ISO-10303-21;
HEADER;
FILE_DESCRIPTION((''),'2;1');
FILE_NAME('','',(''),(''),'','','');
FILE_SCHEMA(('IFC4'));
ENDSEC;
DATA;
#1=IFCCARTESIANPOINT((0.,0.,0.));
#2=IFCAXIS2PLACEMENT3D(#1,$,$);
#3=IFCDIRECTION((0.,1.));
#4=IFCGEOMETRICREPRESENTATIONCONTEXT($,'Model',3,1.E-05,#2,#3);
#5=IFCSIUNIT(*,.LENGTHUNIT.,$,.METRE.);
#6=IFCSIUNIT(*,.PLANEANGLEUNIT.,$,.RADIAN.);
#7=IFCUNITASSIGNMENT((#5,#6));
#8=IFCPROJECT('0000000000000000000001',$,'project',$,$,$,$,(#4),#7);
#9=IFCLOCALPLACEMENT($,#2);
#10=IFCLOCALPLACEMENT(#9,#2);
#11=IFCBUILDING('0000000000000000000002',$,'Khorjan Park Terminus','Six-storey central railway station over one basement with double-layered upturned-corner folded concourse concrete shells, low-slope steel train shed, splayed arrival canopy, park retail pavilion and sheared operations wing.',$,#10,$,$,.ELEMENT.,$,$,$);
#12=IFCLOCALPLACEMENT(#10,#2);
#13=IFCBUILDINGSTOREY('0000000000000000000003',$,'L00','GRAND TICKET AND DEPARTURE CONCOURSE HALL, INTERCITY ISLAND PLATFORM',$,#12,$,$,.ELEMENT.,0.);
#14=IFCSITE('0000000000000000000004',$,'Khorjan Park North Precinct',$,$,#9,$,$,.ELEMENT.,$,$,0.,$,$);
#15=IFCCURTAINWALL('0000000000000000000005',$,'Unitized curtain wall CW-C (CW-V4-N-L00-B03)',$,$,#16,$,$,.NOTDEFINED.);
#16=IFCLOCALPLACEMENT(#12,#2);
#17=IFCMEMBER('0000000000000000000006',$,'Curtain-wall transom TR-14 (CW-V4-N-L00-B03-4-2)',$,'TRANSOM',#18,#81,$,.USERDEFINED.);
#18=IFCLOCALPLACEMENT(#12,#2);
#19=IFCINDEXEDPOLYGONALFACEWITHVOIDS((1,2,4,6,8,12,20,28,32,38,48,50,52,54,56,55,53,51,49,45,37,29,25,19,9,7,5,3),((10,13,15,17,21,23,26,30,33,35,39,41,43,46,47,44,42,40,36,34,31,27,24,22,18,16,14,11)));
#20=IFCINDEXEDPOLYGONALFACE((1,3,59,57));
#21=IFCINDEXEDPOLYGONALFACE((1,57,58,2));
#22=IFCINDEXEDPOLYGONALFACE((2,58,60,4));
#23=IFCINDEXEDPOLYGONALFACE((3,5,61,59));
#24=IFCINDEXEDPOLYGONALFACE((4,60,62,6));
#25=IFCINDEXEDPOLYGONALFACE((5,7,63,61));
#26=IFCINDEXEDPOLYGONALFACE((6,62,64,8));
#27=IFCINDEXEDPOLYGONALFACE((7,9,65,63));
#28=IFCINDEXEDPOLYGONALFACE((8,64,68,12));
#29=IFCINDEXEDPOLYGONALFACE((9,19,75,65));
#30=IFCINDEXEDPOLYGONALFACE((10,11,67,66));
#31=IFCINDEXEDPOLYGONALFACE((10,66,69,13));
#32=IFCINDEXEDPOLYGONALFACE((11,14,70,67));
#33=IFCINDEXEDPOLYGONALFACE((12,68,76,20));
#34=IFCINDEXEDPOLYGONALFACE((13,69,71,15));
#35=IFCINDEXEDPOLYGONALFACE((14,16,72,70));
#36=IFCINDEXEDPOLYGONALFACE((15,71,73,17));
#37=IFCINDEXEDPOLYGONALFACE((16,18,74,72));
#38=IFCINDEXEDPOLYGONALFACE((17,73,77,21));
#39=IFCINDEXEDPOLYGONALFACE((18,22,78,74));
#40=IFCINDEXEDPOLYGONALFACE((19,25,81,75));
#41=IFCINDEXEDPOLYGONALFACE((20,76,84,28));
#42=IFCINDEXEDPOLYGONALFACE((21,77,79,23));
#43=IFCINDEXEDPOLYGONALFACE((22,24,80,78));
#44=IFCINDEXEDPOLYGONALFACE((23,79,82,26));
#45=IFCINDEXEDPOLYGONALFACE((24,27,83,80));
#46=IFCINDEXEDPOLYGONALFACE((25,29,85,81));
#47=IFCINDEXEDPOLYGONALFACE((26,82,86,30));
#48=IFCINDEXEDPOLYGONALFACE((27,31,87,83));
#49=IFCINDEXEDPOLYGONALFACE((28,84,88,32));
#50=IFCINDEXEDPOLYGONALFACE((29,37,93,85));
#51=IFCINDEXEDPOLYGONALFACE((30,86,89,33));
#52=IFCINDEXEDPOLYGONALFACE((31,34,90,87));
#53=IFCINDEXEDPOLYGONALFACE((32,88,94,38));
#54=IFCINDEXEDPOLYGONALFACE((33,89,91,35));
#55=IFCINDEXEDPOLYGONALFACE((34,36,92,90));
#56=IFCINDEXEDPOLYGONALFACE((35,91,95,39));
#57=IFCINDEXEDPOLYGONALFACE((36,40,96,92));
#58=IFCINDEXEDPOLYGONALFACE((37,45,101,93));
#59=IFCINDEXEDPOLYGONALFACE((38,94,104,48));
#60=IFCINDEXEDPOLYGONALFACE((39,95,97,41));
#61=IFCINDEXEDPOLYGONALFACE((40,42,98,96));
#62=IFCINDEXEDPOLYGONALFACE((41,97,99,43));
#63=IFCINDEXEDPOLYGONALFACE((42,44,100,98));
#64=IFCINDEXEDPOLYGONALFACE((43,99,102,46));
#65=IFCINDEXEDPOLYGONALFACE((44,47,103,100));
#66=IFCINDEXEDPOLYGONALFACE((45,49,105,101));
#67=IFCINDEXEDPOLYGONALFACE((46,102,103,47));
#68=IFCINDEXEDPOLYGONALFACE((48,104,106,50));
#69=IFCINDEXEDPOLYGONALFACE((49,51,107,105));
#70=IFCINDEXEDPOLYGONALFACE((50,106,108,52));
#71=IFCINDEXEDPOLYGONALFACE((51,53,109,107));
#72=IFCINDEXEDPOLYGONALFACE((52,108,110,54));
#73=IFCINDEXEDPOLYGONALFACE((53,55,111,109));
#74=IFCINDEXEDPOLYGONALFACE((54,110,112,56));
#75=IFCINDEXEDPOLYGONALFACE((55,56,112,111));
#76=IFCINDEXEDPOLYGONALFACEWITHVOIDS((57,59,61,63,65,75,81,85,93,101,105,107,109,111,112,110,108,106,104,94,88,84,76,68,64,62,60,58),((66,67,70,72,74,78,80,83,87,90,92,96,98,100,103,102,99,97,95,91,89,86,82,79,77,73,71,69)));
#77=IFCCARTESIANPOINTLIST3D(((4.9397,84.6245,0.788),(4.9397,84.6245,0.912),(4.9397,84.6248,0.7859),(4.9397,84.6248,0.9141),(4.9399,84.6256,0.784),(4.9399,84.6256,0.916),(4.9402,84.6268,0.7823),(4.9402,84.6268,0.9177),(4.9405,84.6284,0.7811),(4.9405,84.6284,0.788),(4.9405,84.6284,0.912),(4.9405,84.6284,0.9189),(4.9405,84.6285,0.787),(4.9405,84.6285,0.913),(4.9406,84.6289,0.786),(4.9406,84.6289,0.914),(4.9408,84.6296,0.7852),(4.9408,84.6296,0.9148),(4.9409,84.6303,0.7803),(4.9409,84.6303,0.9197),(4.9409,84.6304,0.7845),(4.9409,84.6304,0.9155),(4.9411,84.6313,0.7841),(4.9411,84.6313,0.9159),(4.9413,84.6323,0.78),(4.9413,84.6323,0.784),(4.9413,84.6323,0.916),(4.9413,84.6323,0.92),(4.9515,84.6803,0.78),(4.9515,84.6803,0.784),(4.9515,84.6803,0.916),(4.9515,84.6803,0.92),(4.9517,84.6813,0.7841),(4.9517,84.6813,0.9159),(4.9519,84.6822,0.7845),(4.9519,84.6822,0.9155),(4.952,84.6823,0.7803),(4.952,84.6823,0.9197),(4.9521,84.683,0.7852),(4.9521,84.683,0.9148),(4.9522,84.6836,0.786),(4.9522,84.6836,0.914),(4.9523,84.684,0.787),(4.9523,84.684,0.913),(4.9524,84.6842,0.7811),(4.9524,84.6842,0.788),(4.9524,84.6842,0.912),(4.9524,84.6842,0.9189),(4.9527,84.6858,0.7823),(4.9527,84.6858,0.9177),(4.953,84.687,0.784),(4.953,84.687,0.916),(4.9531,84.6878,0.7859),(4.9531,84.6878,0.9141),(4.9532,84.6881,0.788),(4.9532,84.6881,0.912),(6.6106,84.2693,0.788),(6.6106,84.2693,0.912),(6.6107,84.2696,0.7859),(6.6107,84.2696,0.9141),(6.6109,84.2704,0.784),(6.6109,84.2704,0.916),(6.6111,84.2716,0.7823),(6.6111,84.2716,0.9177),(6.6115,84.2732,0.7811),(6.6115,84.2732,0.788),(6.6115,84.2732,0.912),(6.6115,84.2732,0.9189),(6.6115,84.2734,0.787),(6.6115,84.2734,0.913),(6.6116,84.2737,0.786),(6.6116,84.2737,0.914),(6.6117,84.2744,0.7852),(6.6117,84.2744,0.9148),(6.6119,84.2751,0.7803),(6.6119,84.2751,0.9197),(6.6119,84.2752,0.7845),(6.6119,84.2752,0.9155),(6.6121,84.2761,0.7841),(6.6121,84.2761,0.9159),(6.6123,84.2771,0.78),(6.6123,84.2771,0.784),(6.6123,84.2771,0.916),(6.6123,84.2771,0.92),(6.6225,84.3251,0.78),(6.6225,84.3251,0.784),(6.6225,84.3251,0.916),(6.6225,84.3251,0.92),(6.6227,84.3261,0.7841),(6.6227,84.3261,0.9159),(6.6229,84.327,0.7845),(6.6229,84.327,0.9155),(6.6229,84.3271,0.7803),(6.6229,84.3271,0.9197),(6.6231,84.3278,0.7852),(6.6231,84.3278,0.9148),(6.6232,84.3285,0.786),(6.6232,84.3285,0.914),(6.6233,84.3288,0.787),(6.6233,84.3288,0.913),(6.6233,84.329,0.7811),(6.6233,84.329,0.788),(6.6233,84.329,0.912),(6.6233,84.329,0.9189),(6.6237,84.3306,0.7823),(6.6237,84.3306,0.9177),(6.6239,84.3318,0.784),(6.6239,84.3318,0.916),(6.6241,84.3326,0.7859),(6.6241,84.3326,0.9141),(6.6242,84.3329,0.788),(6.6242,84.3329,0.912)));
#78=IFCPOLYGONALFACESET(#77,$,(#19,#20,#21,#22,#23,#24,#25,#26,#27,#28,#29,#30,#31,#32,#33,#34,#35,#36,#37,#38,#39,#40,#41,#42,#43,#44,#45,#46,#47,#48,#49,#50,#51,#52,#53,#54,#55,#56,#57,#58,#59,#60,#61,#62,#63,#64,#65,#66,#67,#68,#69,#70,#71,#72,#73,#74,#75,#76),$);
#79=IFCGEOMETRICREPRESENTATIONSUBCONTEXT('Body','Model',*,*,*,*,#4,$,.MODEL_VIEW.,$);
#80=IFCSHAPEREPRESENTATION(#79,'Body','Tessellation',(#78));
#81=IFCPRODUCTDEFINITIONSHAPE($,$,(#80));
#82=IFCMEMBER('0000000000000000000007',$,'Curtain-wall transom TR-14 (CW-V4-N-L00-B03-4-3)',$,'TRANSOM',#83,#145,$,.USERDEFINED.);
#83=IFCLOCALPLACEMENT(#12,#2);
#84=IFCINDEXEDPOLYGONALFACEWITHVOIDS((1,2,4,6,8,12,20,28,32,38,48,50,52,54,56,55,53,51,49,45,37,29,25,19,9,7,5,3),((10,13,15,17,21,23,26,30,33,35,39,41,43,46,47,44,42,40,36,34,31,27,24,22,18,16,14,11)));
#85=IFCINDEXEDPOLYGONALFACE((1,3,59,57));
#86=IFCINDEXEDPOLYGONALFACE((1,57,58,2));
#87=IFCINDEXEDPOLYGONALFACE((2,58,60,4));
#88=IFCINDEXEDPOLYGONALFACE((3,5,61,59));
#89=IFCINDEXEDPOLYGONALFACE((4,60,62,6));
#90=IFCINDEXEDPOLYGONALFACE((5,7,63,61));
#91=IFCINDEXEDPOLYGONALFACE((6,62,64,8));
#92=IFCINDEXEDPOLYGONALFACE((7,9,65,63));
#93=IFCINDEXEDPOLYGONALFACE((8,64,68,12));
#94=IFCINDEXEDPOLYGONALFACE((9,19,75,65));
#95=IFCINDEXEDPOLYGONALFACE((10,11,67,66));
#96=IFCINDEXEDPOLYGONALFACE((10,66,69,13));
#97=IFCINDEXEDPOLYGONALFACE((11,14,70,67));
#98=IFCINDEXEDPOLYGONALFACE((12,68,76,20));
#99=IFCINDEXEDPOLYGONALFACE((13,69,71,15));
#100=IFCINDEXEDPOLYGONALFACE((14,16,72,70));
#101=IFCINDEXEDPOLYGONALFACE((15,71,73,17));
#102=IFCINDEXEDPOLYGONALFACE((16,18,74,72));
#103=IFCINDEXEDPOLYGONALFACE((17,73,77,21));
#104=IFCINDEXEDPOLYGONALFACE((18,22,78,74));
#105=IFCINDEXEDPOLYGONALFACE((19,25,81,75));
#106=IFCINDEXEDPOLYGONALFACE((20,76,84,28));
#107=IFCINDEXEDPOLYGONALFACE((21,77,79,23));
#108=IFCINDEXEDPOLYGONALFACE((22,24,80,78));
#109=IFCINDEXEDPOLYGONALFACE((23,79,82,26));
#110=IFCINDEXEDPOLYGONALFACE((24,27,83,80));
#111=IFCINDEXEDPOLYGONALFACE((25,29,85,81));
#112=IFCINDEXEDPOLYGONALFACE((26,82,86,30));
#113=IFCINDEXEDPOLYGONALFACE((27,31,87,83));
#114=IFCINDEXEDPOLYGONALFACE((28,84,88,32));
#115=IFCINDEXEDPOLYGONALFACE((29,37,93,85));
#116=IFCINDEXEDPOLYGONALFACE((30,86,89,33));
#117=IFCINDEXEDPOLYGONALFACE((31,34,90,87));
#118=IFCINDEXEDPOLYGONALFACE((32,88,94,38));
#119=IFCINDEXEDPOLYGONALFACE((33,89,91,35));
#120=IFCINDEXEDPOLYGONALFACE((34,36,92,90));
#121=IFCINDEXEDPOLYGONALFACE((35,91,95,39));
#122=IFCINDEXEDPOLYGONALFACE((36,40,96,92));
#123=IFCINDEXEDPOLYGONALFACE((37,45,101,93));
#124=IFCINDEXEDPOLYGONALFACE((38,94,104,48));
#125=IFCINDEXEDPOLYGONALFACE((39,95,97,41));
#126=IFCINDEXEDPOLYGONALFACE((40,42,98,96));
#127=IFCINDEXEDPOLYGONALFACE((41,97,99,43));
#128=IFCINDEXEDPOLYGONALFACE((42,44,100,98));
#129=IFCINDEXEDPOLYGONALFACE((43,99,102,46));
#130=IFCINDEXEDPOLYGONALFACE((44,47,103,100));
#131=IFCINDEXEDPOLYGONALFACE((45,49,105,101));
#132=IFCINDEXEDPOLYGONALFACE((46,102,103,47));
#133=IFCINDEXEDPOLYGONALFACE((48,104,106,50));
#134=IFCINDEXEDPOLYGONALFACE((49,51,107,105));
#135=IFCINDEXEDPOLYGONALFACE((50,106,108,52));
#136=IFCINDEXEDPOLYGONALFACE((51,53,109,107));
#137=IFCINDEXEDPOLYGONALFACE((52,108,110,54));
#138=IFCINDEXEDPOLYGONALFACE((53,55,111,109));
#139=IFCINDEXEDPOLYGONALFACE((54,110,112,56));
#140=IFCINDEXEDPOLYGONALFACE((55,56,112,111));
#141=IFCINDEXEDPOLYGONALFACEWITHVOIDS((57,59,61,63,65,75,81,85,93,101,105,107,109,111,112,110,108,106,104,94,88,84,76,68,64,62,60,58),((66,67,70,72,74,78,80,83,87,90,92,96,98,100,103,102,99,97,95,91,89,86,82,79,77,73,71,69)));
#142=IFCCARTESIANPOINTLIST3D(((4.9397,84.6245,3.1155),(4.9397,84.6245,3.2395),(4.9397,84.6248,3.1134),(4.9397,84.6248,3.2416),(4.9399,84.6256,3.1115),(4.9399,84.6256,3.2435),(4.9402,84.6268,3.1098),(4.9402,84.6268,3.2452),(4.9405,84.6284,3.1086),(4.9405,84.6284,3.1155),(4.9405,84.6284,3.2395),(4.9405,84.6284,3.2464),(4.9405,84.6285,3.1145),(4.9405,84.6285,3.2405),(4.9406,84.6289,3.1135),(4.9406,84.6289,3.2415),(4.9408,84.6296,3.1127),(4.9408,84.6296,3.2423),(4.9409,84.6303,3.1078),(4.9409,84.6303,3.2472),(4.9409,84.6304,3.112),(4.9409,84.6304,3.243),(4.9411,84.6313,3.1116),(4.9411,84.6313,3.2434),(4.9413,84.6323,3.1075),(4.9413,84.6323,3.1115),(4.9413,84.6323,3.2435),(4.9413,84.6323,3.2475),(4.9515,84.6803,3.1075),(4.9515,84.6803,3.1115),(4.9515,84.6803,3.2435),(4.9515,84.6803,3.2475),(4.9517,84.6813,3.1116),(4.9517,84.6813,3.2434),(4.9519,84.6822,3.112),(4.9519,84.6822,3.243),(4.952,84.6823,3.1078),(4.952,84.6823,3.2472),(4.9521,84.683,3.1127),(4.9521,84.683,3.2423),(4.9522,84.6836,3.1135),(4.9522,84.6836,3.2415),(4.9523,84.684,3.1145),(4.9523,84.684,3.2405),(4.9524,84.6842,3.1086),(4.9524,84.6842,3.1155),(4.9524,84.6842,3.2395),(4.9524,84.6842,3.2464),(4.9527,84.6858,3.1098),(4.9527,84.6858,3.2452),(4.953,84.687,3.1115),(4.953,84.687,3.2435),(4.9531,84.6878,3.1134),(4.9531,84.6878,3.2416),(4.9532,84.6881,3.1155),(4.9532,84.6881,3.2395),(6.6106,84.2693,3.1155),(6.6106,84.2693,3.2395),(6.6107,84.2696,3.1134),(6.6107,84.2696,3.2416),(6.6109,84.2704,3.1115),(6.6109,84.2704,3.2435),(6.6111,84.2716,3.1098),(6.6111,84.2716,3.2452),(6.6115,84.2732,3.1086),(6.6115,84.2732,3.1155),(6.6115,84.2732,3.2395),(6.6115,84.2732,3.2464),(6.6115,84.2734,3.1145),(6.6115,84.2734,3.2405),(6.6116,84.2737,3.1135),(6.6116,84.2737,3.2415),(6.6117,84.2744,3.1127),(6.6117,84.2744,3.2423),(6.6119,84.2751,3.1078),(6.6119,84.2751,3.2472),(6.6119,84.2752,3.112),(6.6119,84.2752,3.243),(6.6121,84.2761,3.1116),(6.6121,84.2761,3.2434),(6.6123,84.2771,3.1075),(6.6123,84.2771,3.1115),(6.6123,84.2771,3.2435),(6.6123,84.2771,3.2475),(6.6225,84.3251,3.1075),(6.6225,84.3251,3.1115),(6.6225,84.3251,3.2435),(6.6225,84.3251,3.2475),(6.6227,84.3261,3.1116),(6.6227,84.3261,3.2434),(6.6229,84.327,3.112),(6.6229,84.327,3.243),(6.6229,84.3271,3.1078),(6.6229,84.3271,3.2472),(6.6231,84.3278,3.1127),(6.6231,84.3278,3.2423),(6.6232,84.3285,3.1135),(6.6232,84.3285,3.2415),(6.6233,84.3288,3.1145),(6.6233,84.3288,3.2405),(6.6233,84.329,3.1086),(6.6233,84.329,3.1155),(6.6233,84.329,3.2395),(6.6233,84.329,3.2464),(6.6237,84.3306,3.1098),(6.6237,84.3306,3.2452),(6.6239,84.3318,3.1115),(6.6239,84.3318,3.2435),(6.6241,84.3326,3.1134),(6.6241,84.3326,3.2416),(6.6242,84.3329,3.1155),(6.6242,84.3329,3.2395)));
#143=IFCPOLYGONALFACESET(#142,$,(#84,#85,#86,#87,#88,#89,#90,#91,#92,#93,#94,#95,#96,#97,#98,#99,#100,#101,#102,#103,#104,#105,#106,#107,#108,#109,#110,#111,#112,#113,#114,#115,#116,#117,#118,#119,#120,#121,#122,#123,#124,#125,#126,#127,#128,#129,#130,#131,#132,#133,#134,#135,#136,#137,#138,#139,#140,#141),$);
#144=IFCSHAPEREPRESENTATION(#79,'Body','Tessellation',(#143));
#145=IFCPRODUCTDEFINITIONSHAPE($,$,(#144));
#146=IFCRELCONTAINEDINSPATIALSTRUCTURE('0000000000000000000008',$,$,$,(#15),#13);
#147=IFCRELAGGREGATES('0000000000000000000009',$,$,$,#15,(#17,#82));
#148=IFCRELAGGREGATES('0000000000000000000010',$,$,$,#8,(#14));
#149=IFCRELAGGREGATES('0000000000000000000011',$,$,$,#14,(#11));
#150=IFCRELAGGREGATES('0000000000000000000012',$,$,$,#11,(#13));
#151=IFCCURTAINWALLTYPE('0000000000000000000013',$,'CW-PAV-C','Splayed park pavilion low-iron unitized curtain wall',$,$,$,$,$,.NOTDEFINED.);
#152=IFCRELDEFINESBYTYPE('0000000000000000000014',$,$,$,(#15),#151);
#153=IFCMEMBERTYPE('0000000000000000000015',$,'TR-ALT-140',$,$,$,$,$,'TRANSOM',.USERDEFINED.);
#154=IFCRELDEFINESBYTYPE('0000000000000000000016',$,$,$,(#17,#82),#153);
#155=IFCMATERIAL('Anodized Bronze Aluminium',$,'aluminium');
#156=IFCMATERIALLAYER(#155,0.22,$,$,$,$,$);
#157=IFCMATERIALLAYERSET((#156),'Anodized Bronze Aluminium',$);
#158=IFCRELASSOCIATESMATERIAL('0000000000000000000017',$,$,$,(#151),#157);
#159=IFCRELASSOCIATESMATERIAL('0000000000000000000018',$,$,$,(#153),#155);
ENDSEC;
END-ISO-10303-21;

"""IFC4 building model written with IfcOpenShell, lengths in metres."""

from ifc_helpers import new_model, si_unit, direction, frame, origin, origin_2d, place, context, subcontext, project, spatial, hollow_rectangle, extrude, material, layer, layer_set, material_profile, profile_set, type_object, element, aggregate, save


model = new_model("IFC4")

# Units and contexts
model_context = context("Model", 3, precision=1e-05, world=origin(), true_north=direction((0.0, 1.0)))
body_context = subcontext(model_context, "Body", "Model", "MODEL_VIEW")
ifc_project = project(units=[si_unit("LENGTHUNIT", "METRE"), si_unit("PLANEANGLEUNIT", "RADIAN")], contexts=[model_context])

# Site, building, storey
site_placement = place(None, origin())
site = spatial("IfcSite", under=ifc_project, at=site_placement, Name="Khorjan Park North Precinct", CompositionType="ELEMENT", RefElevation=0.0)
building_placement = place(site_placement, origin())
building = spatial("IfcBuilding", under=site, at=building_placement, Name="Khorjan Park Terminus", Description="Six-storey central railway station over one basement with double-layered upturned-corner folded concourse concrete shells, low-slope steel train shed, splayed arrival canopy, park retail pavilion and sheared operations wing.", CompositionType="ELEMENT")
storey_placement = place(building_placement, origin())
storey = spatial("IfcBuildingStorey", under=building, at=storey_placement, Name="L00", Description="GRAND TICKET AND DEPARTURE CONCOURSE HALL, INTERCITY ISLAND PLATFORM", CompositionType="ELEMENT", Elevation=0.0)

# Curtain wall
ifc_material_1 = material(Name="Anodized Bronze Aluminium", Category="aluminium")
ifc_layer_1 = layer(ifc_material_1, 0.22)
ifc_layer_set_1 = layer_set([ifc_layer_1], Name="Anodized Bronze Aluminium")
curtain_wall_type = type_object("IfcCurtainWallType", Name="CW-PAV-C", Description="Splayed park pavilion low-iron unitized curtain wall", PredefinedType="NOTDEFINED", material=ifc_layer_set_1)
curtain_wall_1_placement = place(storey_placement, origin())
curtain_wall_1 = element("IfcCurtainWall", 1, at=curtain_wall_1_placement, inside=storey, type_object=curtain_wall_type, Name="Unitized curtain wall CW-C (CW-V4-N-L00-B03)", PredefinedType="NOTDEFINED")

# Members
ifc_material_profile_1 = material_profile(ifc_material_1, hollow_rectangle(XDim=0.065, YDim=0.14, WallThickness=0.004, InnerFilletRadius=0.004, OuterFilletRadius=0.008, at=origin_2d()), Name="ALT 65x140x4")
ifc_profile_set_1 = profile_set([ifc_material_profile_1], Name="Anodized Bronze Aluminium")
member_type_1 = type_object("IfcMemberType", Name="TR-ALT-140", ElementType="TRANSOM", PredefinedType="USERDEFINED", material=ifc_profile_set_1)
member_1_placement = place(storey_placement, frame((6.6174, 84.3011, 0.85), z_axis=(-0.978145, 0.207922, 0.0), x_axis=(-0.207922, -0.978145, 0.0)))
member_1 = element("IfcMember", 2, at=member_1_placement, type_object=member_type_1, Name="Curtain-wall transom TR-14 (CW-V4-N-L00-B03-4-2)", ObjectType="TRANSOM", PredefinedType="USERDEFINED", context=body_context, shape_type="SweptSolid", body=[
    extrude(hollow_rectangle(XDim=0.065, YDim=0.14, WallThickness=0.004, InnerFilletRadius=0.004, OuterFilletRadius=0.008, at=origin_2d()), origin(), (0.0, 0.0, 1.0), 1.7083),
])
member_2_placement = place(storey_placement, frame((6.6174, 84.3011, 3.1775), z_axis=(-0.978145, 0.207922, 0.0), x_axis=(-0.207922, -0.978145, 0.0)))
member_2 = element("IfcMember", 3, at=member_2_placement, type_object=member_type_1, Name="Curtain-wall transom TR-14 (CW-V4-N-L00-B03-4-3)", ObjectType="TRANSOM", PredefinedType="USERDEFINED", context=body_context, shape_type="SweptSolid", body=[
    extrude(hollow_rectangle(XDim=0.065, YDim=0.14, WallThickness=0.004, InnerFilletRadius=0.004, OuterFilletRadius=0.008, at=origin_2d()), origin(), (0.0, 0.0, 1.0), 1.7083),
])

aggregate(curtain_wall_1, [member_1, member_2])

save(model, "model.ifc")
